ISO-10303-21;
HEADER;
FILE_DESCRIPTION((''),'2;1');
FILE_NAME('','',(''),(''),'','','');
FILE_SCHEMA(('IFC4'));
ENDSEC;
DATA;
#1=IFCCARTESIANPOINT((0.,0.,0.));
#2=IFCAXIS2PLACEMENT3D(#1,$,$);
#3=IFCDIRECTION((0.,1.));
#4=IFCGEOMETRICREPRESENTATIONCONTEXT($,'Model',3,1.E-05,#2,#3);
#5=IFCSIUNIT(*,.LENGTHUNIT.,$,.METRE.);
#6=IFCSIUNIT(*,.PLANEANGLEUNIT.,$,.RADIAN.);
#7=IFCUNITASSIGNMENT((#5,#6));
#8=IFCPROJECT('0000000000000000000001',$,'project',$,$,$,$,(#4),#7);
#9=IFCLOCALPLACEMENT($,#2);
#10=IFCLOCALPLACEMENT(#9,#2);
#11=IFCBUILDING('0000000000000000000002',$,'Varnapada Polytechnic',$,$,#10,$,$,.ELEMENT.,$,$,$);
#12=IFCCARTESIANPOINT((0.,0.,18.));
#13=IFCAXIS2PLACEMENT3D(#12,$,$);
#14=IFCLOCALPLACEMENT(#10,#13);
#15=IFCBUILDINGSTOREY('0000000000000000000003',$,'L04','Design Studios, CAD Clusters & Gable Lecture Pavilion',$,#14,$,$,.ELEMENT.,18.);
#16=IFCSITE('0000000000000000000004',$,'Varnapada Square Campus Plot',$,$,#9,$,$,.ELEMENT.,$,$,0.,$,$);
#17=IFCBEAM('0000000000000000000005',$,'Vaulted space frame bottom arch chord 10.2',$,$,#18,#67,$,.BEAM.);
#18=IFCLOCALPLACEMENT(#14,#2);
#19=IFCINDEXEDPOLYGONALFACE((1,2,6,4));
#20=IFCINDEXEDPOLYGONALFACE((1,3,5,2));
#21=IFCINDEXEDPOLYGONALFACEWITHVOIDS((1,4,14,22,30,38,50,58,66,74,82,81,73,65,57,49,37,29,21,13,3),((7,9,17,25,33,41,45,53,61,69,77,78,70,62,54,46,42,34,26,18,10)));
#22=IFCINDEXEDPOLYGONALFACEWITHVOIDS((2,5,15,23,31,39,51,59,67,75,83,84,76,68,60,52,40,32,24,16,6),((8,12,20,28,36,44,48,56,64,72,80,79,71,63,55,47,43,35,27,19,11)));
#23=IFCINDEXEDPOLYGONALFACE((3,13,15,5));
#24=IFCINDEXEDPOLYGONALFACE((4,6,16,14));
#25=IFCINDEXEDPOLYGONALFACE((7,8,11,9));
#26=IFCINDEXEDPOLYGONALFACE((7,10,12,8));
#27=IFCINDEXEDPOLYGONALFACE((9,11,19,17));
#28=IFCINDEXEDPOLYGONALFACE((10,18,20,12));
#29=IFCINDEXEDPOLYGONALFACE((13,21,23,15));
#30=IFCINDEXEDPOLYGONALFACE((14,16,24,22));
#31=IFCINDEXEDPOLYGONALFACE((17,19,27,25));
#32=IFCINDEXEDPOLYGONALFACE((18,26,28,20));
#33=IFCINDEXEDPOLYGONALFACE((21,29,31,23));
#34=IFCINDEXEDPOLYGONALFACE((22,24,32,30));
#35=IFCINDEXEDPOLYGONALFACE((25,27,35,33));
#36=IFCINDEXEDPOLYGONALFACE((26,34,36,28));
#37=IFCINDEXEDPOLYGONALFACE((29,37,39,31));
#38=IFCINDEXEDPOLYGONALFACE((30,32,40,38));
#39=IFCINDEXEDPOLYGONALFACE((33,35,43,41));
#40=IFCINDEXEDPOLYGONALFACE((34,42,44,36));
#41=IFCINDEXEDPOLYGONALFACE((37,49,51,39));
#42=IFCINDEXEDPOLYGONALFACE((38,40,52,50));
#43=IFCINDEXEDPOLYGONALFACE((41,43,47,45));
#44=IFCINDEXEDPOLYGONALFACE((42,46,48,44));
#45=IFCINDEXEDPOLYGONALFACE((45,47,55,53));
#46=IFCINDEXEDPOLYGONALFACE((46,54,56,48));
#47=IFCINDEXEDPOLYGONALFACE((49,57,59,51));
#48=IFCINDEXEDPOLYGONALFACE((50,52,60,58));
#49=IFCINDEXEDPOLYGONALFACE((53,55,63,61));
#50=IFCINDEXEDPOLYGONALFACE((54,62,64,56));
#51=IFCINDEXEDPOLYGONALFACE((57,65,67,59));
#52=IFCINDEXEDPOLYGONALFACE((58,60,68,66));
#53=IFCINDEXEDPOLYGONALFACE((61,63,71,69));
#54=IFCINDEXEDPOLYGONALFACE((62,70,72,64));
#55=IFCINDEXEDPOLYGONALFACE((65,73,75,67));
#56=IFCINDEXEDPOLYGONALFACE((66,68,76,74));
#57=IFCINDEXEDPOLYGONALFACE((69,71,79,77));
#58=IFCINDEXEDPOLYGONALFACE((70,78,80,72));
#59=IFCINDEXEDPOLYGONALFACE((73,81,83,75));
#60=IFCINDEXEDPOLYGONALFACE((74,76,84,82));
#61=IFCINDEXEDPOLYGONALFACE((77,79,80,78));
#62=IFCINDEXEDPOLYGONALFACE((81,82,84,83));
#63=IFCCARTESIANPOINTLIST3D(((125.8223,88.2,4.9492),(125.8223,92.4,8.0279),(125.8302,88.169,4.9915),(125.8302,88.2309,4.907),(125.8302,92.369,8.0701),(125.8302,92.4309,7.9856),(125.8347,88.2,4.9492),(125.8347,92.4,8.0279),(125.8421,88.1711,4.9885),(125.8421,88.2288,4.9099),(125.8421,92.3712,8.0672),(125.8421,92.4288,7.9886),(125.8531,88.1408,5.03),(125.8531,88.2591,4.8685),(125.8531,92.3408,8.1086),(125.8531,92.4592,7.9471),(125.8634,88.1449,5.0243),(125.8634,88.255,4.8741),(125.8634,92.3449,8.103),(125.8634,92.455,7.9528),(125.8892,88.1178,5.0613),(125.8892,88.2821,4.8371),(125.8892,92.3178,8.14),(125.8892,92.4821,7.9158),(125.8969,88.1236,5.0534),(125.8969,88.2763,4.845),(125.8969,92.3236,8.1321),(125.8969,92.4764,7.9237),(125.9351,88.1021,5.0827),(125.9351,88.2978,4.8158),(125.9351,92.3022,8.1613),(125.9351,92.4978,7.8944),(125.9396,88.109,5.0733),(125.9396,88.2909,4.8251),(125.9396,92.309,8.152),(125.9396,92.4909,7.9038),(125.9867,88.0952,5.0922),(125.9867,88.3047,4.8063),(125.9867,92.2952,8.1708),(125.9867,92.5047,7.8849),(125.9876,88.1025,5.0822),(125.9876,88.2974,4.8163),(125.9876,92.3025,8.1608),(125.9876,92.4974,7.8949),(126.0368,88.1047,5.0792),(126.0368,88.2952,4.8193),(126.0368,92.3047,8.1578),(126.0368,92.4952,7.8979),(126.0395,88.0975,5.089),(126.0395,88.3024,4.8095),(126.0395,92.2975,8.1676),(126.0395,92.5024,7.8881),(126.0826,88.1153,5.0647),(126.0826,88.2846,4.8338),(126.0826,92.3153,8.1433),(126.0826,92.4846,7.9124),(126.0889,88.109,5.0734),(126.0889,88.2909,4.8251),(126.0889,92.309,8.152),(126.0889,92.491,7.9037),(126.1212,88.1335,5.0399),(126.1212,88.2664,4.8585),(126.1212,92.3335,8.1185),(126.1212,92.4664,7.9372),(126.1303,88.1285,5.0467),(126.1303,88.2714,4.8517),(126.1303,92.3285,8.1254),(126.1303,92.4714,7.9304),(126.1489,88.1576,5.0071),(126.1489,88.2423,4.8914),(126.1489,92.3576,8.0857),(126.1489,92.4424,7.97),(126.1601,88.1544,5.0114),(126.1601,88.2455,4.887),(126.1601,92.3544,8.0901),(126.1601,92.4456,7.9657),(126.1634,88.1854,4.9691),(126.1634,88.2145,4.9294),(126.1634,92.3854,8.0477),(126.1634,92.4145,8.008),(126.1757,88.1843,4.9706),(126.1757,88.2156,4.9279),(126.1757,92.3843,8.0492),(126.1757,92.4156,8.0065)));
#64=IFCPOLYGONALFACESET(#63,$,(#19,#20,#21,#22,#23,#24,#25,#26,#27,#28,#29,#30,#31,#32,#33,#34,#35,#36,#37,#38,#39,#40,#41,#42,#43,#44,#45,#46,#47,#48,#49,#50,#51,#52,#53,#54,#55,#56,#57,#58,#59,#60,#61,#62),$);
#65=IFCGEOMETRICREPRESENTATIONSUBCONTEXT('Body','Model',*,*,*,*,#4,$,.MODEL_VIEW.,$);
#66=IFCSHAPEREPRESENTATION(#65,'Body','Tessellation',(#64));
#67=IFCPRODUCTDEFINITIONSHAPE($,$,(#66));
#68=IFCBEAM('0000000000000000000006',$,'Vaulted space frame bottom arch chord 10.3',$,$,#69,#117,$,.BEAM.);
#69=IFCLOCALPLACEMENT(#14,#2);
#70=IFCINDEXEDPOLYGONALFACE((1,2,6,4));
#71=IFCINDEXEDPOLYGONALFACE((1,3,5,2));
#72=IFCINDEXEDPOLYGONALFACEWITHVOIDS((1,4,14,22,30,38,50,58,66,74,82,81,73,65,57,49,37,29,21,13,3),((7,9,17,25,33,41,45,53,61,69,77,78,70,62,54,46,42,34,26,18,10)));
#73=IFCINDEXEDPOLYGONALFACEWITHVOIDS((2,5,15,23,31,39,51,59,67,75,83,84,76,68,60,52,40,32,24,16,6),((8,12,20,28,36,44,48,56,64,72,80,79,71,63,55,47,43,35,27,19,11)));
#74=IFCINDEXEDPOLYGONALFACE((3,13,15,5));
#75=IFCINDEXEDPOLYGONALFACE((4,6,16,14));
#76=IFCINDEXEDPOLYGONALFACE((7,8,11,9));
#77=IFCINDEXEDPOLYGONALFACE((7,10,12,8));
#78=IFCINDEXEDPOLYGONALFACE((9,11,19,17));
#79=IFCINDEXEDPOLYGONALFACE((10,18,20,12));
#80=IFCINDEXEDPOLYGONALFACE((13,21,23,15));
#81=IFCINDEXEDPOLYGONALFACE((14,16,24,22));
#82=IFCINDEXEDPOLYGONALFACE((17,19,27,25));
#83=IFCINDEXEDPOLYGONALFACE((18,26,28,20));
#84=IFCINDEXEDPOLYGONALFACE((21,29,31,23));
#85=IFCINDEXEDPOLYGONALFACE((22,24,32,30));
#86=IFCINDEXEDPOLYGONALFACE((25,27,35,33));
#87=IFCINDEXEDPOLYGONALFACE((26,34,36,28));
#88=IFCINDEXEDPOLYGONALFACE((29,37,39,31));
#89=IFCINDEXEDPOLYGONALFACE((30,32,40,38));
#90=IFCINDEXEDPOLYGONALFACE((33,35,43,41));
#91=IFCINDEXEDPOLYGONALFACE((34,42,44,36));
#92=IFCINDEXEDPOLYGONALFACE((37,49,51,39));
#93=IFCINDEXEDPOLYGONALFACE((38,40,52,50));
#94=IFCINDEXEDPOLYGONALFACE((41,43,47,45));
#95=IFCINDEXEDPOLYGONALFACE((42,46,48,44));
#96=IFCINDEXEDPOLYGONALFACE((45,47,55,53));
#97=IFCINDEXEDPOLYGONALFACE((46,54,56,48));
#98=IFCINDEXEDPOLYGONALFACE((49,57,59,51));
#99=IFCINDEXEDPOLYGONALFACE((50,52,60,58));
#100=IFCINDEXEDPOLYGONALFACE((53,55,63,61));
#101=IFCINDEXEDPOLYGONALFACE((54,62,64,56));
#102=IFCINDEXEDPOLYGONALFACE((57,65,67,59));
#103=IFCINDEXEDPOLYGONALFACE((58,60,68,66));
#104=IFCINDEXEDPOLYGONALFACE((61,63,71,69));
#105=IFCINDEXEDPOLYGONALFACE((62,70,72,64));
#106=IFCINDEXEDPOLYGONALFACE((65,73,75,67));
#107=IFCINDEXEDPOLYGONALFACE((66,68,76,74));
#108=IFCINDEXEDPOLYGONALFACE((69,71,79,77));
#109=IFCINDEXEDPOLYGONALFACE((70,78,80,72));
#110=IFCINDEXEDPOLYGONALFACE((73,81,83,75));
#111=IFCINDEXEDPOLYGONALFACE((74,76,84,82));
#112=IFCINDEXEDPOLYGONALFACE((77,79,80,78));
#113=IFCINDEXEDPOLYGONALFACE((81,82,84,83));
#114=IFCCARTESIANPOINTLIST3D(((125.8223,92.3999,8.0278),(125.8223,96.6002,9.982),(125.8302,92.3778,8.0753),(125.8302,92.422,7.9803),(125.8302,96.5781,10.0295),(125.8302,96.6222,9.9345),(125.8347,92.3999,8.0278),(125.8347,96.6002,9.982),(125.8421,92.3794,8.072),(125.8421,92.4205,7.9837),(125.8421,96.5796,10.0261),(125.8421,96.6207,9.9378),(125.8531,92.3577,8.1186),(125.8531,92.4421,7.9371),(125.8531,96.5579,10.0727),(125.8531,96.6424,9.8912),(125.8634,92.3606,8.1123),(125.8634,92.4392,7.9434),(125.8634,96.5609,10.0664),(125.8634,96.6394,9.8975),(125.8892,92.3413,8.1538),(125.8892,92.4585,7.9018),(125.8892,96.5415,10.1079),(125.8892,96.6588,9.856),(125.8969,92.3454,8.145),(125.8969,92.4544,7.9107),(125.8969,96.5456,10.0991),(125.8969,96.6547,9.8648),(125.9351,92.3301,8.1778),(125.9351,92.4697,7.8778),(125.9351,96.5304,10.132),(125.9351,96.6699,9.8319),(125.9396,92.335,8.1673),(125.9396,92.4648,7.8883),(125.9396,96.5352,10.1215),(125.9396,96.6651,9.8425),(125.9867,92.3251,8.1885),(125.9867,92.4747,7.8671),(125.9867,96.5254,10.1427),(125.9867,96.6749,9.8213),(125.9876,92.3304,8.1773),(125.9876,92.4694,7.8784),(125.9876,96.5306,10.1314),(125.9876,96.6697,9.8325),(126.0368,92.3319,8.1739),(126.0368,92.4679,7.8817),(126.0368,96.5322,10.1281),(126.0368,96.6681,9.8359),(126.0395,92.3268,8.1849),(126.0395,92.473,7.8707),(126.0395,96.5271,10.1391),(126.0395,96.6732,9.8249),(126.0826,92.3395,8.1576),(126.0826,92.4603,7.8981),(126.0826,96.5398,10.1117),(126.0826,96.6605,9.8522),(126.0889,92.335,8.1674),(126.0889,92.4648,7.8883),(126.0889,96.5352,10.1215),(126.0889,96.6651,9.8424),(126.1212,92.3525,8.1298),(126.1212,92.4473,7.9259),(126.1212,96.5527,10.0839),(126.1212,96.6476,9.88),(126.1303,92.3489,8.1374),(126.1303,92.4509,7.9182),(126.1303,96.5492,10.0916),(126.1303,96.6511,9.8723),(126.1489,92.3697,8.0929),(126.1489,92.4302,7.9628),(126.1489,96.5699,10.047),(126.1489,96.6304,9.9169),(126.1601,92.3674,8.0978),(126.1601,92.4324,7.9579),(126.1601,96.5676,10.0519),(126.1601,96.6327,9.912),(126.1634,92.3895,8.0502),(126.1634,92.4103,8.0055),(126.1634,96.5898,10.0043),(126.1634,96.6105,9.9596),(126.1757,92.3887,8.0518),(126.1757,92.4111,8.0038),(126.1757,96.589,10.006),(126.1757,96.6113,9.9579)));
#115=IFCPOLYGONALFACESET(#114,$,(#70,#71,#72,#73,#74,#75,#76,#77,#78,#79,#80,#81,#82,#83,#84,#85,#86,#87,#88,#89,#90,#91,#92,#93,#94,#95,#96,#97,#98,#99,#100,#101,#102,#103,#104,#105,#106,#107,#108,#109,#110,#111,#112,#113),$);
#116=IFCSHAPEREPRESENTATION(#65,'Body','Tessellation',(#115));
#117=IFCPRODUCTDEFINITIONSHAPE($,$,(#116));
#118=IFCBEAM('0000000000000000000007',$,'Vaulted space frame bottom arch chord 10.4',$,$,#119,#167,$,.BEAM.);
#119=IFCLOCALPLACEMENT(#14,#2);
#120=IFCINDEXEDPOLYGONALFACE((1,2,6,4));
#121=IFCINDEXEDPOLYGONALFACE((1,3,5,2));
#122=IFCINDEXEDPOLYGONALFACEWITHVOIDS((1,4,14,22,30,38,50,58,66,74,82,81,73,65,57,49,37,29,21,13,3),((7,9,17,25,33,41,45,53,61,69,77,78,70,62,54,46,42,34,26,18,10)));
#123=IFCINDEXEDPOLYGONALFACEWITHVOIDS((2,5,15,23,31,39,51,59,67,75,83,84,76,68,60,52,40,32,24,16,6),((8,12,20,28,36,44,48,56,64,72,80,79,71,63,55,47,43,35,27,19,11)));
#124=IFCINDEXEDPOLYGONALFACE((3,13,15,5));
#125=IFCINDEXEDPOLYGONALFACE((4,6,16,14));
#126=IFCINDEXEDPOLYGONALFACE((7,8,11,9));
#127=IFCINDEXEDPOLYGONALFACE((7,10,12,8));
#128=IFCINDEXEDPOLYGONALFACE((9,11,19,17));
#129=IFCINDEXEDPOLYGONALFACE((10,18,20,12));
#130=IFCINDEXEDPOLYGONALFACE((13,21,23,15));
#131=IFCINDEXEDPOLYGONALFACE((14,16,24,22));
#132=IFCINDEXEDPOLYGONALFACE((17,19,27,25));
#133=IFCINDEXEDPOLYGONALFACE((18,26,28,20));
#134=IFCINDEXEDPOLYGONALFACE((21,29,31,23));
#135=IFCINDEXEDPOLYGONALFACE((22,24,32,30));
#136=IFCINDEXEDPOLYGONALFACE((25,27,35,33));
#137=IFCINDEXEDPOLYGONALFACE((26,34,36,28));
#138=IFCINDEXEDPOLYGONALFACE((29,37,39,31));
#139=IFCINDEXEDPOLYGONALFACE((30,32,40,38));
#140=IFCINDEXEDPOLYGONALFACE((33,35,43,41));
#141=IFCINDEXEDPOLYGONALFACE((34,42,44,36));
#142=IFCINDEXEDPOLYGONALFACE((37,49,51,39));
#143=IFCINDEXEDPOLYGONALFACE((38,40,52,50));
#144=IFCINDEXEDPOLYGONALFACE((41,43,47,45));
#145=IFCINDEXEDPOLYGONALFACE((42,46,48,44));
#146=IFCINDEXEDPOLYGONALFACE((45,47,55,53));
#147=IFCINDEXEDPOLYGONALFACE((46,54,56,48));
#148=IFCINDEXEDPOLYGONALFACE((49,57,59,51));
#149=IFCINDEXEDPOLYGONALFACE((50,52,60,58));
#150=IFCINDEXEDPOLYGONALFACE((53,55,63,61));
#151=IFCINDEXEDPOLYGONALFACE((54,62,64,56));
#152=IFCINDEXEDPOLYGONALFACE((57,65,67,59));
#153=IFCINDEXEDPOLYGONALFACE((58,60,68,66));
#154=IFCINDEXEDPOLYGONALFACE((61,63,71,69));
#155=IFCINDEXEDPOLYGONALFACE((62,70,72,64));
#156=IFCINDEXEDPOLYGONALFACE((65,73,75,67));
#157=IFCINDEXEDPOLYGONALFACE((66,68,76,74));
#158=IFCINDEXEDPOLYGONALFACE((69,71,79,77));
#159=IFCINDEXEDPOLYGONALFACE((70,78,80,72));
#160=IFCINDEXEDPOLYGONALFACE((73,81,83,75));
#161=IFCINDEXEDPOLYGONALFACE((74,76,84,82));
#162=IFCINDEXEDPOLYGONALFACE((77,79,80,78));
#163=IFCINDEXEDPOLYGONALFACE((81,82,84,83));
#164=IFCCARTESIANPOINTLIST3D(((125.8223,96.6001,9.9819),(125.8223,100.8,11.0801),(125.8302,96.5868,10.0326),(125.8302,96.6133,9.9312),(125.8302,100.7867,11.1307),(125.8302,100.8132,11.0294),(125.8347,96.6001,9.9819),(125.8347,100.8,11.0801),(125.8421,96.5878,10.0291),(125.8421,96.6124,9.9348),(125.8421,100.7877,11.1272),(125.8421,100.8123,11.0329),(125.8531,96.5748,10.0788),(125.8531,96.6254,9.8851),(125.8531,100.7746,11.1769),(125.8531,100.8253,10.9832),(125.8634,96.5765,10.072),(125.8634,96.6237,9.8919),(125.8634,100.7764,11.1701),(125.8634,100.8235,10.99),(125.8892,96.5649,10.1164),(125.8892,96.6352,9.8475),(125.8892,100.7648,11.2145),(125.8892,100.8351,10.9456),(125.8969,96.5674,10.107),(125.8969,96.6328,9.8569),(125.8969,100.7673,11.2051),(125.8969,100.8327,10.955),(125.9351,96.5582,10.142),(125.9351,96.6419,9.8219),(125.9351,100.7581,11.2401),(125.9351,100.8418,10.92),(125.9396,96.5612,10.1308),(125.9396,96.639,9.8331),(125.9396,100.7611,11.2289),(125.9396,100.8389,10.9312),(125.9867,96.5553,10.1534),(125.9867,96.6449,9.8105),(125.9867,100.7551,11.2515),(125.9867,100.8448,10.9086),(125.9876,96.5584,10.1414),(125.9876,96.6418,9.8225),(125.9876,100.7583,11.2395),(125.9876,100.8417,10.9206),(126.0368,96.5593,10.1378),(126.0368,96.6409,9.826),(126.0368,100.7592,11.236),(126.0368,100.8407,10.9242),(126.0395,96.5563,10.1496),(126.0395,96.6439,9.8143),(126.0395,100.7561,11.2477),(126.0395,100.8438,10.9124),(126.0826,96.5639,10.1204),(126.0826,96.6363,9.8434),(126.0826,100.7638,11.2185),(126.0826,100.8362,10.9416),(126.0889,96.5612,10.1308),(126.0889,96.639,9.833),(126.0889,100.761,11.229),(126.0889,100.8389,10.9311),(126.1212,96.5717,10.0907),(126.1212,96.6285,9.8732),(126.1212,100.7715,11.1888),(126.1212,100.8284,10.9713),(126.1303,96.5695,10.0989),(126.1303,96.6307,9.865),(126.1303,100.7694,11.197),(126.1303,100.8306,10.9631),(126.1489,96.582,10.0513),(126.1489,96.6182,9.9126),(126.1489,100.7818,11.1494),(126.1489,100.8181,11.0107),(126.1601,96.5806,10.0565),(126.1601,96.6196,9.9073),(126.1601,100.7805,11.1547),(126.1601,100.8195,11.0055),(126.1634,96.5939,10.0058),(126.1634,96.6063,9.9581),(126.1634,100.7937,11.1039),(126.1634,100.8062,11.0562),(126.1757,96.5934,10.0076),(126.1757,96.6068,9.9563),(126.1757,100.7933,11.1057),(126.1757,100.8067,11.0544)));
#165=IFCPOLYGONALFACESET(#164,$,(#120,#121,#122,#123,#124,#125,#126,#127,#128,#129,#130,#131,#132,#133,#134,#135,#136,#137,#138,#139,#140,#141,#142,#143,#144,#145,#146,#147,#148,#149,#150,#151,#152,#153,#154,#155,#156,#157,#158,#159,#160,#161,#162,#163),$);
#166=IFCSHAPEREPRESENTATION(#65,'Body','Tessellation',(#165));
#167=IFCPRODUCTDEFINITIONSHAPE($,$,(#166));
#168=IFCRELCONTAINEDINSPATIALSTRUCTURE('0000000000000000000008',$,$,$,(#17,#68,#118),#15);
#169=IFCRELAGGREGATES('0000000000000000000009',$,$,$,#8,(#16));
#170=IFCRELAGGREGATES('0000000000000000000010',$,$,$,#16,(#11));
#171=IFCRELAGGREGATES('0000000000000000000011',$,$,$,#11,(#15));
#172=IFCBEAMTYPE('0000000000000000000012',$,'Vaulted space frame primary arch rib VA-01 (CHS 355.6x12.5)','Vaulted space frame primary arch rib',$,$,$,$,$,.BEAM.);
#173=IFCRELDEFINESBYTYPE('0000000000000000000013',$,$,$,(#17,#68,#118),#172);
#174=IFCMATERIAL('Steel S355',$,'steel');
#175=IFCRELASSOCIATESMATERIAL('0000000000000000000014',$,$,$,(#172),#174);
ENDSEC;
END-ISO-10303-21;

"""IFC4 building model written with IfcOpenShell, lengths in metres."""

from ifc_helpers import new_model, si_unit, direction, frame, origin, origin_2d, place, context, subcontext, project, spatial, hollow_circle, extrude, material, material_profile, profile_set, type_object, element, save


model = new_model("IFC4")

# Units and contexts
model_context = context("Model", 3, precision=1e-05, world=origin(), true_north=direction((0.0, 1.0)))
body_context = subcontext(model_context, "Body", "Model", "MODEL_VIEW")
ifc_project = project(units=[si_unit("LENGTHUNIT", "METRE"), si_unit("PLANEANGLEUNIT", "RADIAN")], contexts=[model_context])

# Site, building, storey
site_placement = place(None, origin())
site = spatial("IfcSite", under=ifc_project, at=site_placement, Name="Varnapada Square Campus Plot", CompositionType="ELEMENT", RefElevation=0.0)
building_placement = place(site_placement, origin())
building = spatial("IfcBuilding", under=site, at=building_placement, Name="Varnapada Polytechnic", CompositionType="ELEMENT")
storey_placement = place(building_placement, frame((0.0, 0.0, 18.0)))
storey = spatial("IfcBuildingStorey", under=building, at=storey_placement, Name="L04", Description="Design Studios, CAD Clusters & Gable Lecture Pavilion", CompositionType="ELEMENT", Elevation=18.0)

# Shared definitions
ifc_material = material(Name="Steel S355", Category="steel")

# Beams
ifc_material_profile_1 = material_profile(ifc_material, hollow_circle(Radius=0.1777, WallThickness=0.0125, at=origin_2d()), Name="CHS 355.6x12.5")
ifc_profile_set_1 = profile_set([ifc_material_profile_1], Name="Steel S355")
beam_type_1 = type_object("IfcBeamType", Name="Vaulted space frame primary arch rib VA-01 (CHS 355.6x12.5)", Description="Vaulted space frame primary arch rib", PredefinedType="BEAM", material=ifc_profile_set_1)
beam_1_placement = place(storey_placement, frame((126.0, 88.2, 4.9492), z_axis=(0.0, 0.806529, 0.591195), x_axis=(-1.0, 0.0, 0.0)))
element("IfcBeam", 1, at=beam_1_placement, inside=storey, type_object=beam_type_1, Name="Vaulted space frame bottom arch chord 10.2", PredefinedType="BEAM", context=body_context, shape_type="SweptSolid", body=[
    extrude(hollow_circle(Radius=0.1777, WallThickness=0.0125, at=origin_2d()), origin(), (0.0, 0.0, 1.0), 5.2075),
])
beam_2_placement = place(storey_placement, frame((126.0, 92.3999, 8.0278), z_axis=(0.0, 0.906678, 0.421823), x_axis=(-1.0, 0.0, 0.0)))
element("IfcBeam", 2, at=beam_2_placement, inside=storey, type_object=beam_type_1, Name="Vaulted space frame bottom arch chord 10.3", PredefinedType="BEAM", context=body_context, shape_type="SweptSolid", body=[
    extrude(hollow_circle(Radius=0.1777, WallThickness=0.0125, at=origin_2d()), origin(), (0.0, 0.0, 1.0), 4.6326),
])
beam_3_placement = place(storey_placement, frame((126.0, 96.6001, 9.9819), z_axis=(0.0, 0.967476, 0.252962), x_axis=(-1.0, 0.0, 0.0)))
element("IfcBeam", 3, at=beam_3_placement, inside=storey, type_object=beam_type_1, Name="Vaulted space frame bottom arch chord 10.4", PredefinedType="BEAM", context=body_context, shape_type="SweptSolid", body=[
    extrude(hollow_circle(Radius=0.1777, WallThickness=0.0125, at=origin_2d()), origin(), (0.0, 0.0, 1.0), 4.3411),
])

save(model, "model.ifc")
